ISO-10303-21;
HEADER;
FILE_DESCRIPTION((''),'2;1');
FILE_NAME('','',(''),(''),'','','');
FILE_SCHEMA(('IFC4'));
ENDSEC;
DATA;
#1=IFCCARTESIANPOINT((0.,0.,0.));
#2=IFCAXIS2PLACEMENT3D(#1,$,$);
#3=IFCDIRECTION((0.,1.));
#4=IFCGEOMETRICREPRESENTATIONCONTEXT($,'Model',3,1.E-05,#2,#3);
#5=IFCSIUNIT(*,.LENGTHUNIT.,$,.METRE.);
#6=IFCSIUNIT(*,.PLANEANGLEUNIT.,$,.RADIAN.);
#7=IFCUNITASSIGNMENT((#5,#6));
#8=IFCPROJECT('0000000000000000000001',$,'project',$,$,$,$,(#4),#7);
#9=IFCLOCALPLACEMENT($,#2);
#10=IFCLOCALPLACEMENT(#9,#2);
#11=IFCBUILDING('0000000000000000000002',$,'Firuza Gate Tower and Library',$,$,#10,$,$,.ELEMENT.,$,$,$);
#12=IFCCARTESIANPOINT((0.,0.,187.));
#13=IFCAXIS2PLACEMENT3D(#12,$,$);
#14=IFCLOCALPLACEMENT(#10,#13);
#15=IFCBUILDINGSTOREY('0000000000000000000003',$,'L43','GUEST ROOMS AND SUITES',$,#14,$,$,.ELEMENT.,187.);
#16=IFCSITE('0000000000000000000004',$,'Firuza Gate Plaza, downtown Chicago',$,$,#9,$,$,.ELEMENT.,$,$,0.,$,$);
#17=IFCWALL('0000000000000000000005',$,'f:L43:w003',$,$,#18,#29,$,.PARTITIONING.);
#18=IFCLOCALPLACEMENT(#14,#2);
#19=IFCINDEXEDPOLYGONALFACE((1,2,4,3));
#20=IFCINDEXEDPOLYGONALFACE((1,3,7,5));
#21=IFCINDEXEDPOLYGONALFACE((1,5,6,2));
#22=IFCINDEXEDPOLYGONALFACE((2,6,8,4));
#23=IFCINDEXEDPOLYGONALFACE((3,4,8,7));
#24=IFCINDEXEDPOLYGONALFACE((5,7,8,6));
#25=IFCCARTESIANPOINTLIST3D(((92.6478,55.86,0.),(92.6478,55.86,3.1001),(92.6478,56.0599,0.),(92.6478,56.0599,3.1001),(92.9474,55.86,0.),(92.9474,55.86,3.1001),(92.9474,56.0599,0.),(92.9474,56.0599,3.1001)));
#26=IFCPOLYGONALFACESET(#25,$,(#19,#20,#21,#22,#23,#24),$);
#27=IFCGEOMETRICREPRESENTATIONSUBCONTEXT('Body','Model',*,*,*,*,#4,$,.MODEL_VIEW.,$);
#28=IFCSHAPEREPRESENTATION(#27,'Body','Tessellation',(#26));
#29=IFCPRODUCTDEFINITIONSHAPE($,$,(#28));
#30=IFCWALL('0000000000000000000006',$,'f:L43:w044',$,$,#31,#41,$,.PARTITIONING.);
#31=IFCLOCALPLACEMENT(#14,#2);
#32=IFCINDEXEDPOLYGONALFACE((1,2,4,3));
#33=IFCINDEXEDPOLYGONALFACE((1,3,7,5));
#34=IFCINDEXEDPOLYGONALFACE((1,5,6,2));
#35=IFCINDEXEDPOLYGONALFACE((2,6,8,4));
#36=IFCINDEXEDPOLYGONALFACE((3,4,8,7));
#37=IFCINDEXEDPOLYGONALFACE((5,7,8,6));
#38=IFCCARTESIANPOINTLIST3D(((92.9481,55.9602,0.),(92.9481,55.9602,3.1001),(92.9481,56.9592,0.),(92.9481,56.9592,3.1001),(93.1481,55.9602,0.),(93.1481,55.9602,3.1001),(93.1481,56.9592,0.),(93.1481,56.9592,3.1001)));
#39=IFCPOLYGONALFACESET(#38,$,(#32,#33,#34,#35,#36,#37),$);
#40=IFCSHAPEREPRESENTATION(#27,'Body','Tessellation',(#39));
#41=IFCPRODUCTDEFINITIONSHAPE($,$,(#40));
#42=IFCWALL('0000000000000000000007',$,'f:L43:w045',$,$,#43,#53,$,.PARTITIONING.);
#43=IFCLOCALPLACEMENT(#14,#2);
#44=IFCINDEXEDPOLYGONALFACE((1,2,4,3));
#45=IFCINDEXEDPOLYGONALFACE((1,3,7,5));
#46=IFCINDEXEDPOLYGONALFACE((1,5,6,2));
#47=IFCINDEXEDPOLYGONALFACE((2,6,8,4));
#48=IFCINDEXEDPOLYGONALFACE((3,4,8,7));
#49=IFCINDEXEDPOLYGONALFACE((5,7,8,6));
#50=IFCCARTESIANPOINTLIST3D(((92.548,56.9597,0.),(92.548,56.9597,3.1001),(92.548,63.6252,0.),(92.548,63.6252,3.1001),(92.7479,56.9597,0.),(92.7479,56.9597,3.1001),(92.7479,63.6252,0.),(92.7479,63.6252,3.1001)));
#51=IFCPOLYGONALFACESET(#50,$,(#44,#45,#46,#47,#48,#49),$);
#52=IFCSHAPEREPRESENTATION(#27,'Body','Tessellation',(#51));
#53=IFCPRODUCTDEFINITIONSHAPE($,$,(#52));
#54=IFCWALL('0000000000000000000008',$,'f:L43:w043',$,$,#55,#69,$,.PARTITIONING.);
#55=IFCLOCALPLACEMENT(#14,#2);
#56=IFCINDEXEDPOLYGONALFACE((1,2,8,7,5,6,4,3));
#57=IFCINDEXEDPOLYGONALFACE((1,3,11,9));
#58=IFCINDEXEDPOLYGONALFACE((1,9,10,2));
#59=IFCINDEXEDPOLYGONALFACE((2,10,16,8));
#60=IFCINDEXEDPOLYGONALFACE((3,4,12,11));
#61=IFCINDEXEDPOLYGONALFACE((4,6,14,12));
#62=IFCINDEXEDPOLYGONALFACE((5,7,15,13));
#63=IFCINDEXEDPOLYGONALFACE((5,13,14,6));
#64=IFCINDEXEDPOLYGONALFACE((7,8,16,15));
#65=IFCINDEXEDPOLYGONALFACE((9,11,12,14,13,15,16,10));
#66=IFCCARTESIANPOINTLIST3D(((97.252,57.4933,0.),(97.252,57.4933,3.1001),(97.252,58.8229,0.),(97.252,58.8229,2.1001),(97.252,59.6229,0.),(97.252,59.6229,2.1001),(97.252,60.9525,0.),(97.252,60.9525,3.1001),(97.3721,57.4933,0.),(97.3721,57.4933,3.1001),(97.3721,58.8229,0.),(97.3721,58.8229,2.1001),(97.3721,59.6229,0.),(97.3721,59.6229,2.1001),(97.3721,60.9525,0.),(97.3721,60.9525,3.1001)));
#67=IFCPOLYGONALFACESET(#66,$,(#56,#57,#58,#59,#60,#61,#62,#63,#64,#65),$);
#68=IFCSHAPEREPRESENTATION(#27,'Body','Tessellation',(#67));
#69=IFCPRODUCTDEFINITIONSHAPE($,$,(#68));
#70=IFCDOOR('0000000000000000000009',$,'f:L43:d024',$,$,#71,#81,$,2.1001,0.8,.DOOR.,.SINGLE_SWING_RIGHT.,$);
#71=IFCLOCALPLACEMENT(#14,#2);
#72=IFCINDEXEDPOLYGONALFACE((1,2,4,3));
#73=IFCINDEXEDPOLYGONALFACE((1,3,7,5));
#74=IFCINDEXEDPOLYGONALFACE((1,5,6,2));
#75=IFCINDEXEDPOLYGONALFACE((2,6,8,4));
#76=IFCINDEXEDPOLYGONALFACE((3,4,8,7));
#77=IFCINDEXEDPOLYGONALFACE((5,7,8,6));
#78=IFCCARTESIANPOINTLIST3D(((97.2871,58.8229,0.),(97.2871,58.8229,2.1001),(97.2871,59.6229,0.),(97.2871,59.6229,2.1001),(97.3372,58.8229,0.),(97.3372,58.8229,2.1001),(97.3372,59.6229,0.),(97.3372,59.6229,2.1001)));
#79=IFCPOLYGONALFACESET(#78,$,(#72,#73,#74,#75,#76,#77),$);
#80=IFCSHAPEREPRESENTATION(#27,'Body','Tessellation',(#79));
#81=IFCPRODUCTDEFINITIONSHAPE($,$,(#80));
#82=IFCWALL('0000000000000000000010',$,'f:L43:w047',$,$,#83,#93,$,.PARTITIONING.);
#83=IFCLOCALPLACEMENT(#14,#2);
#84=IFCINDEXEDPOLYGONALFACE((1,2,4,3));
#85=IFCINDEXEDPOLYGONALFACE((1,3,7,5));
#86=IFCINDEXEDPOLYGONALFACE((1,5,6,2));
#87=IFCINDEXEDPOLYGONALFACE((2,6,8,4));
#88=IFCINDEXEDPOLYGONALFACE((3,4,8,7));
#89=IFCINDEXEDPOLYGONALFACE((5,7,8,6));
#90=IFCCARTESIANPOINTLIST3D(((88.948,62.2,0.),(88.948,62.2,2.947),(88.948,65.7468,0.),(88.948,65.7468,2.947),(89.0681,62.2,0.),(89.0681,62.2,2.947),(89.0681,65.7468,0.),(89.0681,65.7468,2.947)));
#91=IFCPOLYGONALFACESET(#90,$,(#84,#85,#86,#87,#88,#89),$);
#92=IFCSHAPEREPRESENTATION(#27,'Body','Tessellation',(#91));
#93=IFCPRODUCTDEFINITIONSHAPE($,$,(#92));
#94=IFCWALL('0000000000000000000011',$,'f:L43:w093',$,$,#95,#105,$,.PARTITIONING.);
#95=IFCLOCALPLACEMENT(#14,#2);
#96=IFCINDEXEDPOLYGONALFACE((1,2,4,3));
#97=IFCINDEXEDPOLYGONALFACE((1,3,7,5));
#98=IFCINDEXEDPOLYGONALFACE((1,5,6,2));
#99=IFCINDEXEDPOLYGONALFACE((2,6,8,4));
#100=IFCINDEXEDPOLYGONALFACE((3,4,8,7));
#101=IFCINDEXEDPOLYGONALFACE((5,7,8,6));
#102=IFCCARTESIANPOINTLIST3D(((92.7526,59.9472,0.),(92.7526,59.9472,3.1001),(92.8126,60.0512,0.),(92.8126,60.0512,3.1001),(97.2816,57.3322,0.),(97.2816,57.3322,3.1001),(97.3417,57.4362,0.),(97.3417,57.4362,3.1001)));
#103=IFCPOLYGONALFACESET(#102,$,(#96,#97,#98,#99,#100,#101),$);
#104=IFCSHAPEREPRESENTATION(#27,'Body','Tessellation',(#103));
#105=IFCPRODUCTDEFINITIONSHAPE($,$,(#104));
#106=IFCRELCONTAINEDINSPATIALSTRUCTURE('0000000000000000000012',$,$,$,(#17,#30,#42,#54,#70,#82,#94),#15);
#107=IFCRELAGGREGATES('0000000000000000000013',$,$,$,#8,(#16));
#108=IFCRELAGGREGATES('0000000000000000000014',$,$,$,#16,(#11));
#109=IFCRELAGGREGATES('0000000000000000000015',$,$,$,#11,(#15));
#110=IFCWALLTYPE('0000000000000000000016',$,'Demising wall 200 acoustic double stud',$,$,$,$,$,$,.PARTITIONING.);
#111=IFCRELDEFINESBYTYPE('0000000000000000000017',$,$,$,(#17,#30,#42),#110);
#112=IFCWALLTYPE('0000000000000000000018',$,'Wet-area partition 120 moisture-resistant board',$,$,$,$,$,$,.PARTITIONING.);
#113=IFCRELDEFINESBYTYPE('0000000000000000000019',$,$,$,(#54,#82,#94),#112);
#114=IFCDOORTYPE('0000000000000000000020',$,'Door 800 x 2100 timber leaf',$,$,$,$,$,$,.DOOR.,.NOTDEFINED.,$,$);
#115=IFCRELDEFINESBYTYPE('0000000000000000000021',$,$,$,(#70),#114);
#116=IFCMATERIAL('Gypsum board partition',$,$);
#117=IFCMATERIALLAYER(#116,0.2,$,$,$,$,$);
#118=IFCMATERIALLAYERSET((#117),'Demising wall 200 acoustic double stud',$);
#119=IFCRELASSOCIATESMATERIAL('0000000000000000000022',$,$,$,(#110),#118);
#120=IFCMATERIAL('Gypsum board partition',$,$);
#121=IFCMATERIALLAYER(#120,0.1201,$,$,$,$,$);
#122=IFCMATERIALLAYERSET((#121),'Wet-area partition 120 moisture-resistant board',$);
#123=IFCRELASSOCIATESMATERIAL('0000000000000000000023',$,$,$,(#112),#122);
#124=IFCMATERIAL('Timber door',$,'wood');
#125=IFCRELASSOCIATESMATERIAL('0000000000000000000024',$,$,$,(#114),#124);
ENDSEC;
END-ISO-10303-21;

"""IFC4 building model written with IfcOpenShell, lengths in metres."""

from ifc_helpers import new_model, si_unit, direction, frame, frame_2d, origin, place, context, subcontext, project, spatial, rectangle, extrude, material, layer, layer_set, type_object, element, fill, save


model = new_model("IFC4")

# Units and contexts
model_context = context("Model", 3, precision=1e-05, world=origin(), true_north=direction((0.0, 1.0)))
body_context = subcontext(model_context, "Body", "Model", "MODEL_VIEW")
ifc_project = project(units=[si_unit("LENGTHUNIT", "METRE"), si_unit("PLANEANGLEUNIT", "RADIAN")], contexts=[model_context])

# Site, building, storey
site_placement = place(None, origin())
site = spatial("IfcSite", under=ifc_project, at=site_placement, Name="Firuza Gate Plaza, downtown Chicago", CompositionType="ELEMENT", RefElevation=0.0)
building_placement = place(site_placement, origin())
building = spatial("IfcBuilding", under=site, at=building_placement, Name="Firuza Gate Tower and Library", CompositionType="ELEMENT")
storey_placement = place(building_placement, frame((0.0, 0.0, 187.0)))
storey = spatial("IfcBuildingStorey", under=building, at=storey_placement, Name="L43", Description="GUEST ROOMS AND SUITES", CompositionType="ELEMENT", Elevation=187.0)

# Walls
ifc_material_1 = material(Name="Gypsum board partition")
ifc_layer_1 = layer(ifc_material_1, 0.2)
ifc_layer_set_1 = layer_set([ifc_layer_1], Name="Demising wall 200 acoustic double stud")
wall_type_1 = type_object("IfcWallType", Name="Demising wall 200 acoustic double stud", PredefinedType="PARTITIONING", material=ifc_layer_set_1)
wall_1_placement = place(storey_placement, frame((92.6477, 55.96, 0.0), z_axis=(0.0, 0.0, 1.0), x_axis=(1.0, 0.0, 0.0)))
element("IfcWall", 1, at=wall_1_placement, inside=storey, type_object=wall_type_1, Name="f:L43:w003", PredefinedType="PARTITIONING", context=body_context, shape_type="SweptSolid", body=[
    extrude(rectangle(XDim=0.2996, YDim=0.2, at=frame_2d((0.1499, 0.0))), origin(), (0.0, 0.0, 1.0), 3.1001),
])
wall_2_placement = place(storey_placement, frame((93.0481, 55.9602, 0.0), z_axis=(0.0, 0.0, 1.0), x_axis=(0.0, 1.0, 0.0)))
element("IfcWall", 2, at=wall_2_placement, inside=storey, type_object=wall_type_1, Name="f:L43:w044", PredefinedType="PARTITIONING", context=body_context, shape_type="SweptSolid", body=[
    extrude(rectangle(XDim=0.999, YDim=0.2, at=frame_2d((0.4995, 0.0))), origin(), (0.0, 0.0, 1.0), 3.1001),
])
wall_3_placement = place(storey_placement, frame((92.6479, 56.9597, 0.0), z_axis=(0.0, 0.0, 1.0), x_axis=(0.0, 1.0, 0.0)))
element("IfcWall", 3, at=wall_3_placement, inside=storey, type_object=wall_type_1, Name="f:L43:w045", PredefinedType="PARTITIONING", context=body_context, shape_type="SweptSolid", body=[
    extrude(rectangle(XDim=6.6655, YDim=0.2, at=frame_2d((3.3328, 0.0))), origin(), (0.0, 0.0, 1.0), 3.1001),
])

# Wall, opening, door
ifc_material_2 = material(Name="Gypsum board partition")
ifc_layer_2 = layer(ifc_material_2, 0.1201)
ifc_layer_set_2 = layer_set([ifc_layer_2], Name="Wet-area partition 120 moisture-resistant board")
wall_type_2 = type_object("IfcWallType", Name="Wet-area partition 120 moisture-resistant board", PredefinedType="PARTITIONING", material=ifc_layer_set_2)
wall_4_placement = place(storey_placement, frame((97.312, 57.4934, 0.0), z_axis=(0.0, 0.0, 1.0), x_axis=(0.0, 1.0, 0.0)))
wall_4 = element("IfcWall", 4, at=wall_4_placement, inside=storey, type_object=wall_type_2, Name="f:L43:w043", PredefinedType="PARTITIONING", context=body_context, shape_type="SweptSolid", body=[
    extrude(rectangle(XDim=3.4592, YDim=0.1201, at=frame_2d((1.7295, 0.0))), origin(), (0.0, 0.0, 1.0), 3.1001),
])
opening_1_placement = place(wall_4_placement, frame((1.3296, 0.0, 0.0)))
opening_1 = element("IfcOpeningElement", 5, at=opening_1_placement, cuts=wall_4, PredefinedType="OPENING", context=body_context, shape_type="SweptSolid", body=[
    extrude(rectangle(XDim=0.8, YDim=2.1001, at=frame_2d((0.3999, 1.05))), frame((0.0, 0.0701, 0.0), z_axis=(0.0, -1.0, 0.0), x_axis=(1.0, 0.0, 0.0)), (0.0, 0.0, 1.0), 0.1401),
])
ifc_material_3 = material(Name="Timber door", Category="wood")
door_type_1 = type_object("IfcDoorType", Name="Door 800 x 2100 timber leaf", OperationType="NOTDEFINED", PredefinedType="DOOR", material=ifc_material_3)
door_1_placement = place(opening_1_placement, origin())
door_1 = element("IfcDoor", 6, at=door_1_placement, inside=storey, type_object=door_type_1, Name="f:L43:d024", OperationType="SINGLE_SWING_RIGHT", OverallHeight=2.1001, OverallWidth=0.8, PredefinedType="DOOR", context=body_context, shape_type="SweptSolid", body=[
    extrude(rectangle(XDim=0.8, YDim=2.1001, at=frame_2d((0.3999, 1.05))), frame((0.0, 0.0249, 0.0), z_axis=(0.0, -1.0, 0.0), x_axis=(1.0, 0.0, 0.0)), (0.0, 0.0, 1.0), 0.05),
])
fill(opening_1, door_1)

# Walls
wall_5_placement = place(storey_placement, frame((89.0081, 62.2, 0.0), z_axis=(0.0, 0.0, 1.0), x_axis=(0.0, 1.0, 0.0)))
element("IfcWall", 7, at=wall_5_placement, inside=storey, type_object=wall_type_2, Name="f:L43:w047", PredefinedType="PARTITIONING", context=body_context, shape_type="SweptSolid", body=[
    extrude(rectangle(XDim=3.5469, YDim=0.1201, at=frame_2d((1.7734, 0.0))), origin(), (0.0, 0.0, 1.0), 2.947),
])
wall_6_placement = place(storey_placement, frame((97.3115, 57.3843, 0.0), z_axis=(0.0, 0.0, 1.0), x_axis=(-0.866014, 0.50002, 0.0)))
element("IfcWall", 8, at=wall_6_placement, inside=storey, type_object=wall_type_2, Name="f:L43:w093", PredefinedType="PARTITIONING", context=body_context, shape_type="SweptSolid", body=[
    extrude(rectangle(XDim=5.2297, YDim=0.1201, at=frame_2d((2.6147, 0.0))), origin(), (0.0, 0.0, 1.0), 3.1001),
])

save(model, "model.ifc")
